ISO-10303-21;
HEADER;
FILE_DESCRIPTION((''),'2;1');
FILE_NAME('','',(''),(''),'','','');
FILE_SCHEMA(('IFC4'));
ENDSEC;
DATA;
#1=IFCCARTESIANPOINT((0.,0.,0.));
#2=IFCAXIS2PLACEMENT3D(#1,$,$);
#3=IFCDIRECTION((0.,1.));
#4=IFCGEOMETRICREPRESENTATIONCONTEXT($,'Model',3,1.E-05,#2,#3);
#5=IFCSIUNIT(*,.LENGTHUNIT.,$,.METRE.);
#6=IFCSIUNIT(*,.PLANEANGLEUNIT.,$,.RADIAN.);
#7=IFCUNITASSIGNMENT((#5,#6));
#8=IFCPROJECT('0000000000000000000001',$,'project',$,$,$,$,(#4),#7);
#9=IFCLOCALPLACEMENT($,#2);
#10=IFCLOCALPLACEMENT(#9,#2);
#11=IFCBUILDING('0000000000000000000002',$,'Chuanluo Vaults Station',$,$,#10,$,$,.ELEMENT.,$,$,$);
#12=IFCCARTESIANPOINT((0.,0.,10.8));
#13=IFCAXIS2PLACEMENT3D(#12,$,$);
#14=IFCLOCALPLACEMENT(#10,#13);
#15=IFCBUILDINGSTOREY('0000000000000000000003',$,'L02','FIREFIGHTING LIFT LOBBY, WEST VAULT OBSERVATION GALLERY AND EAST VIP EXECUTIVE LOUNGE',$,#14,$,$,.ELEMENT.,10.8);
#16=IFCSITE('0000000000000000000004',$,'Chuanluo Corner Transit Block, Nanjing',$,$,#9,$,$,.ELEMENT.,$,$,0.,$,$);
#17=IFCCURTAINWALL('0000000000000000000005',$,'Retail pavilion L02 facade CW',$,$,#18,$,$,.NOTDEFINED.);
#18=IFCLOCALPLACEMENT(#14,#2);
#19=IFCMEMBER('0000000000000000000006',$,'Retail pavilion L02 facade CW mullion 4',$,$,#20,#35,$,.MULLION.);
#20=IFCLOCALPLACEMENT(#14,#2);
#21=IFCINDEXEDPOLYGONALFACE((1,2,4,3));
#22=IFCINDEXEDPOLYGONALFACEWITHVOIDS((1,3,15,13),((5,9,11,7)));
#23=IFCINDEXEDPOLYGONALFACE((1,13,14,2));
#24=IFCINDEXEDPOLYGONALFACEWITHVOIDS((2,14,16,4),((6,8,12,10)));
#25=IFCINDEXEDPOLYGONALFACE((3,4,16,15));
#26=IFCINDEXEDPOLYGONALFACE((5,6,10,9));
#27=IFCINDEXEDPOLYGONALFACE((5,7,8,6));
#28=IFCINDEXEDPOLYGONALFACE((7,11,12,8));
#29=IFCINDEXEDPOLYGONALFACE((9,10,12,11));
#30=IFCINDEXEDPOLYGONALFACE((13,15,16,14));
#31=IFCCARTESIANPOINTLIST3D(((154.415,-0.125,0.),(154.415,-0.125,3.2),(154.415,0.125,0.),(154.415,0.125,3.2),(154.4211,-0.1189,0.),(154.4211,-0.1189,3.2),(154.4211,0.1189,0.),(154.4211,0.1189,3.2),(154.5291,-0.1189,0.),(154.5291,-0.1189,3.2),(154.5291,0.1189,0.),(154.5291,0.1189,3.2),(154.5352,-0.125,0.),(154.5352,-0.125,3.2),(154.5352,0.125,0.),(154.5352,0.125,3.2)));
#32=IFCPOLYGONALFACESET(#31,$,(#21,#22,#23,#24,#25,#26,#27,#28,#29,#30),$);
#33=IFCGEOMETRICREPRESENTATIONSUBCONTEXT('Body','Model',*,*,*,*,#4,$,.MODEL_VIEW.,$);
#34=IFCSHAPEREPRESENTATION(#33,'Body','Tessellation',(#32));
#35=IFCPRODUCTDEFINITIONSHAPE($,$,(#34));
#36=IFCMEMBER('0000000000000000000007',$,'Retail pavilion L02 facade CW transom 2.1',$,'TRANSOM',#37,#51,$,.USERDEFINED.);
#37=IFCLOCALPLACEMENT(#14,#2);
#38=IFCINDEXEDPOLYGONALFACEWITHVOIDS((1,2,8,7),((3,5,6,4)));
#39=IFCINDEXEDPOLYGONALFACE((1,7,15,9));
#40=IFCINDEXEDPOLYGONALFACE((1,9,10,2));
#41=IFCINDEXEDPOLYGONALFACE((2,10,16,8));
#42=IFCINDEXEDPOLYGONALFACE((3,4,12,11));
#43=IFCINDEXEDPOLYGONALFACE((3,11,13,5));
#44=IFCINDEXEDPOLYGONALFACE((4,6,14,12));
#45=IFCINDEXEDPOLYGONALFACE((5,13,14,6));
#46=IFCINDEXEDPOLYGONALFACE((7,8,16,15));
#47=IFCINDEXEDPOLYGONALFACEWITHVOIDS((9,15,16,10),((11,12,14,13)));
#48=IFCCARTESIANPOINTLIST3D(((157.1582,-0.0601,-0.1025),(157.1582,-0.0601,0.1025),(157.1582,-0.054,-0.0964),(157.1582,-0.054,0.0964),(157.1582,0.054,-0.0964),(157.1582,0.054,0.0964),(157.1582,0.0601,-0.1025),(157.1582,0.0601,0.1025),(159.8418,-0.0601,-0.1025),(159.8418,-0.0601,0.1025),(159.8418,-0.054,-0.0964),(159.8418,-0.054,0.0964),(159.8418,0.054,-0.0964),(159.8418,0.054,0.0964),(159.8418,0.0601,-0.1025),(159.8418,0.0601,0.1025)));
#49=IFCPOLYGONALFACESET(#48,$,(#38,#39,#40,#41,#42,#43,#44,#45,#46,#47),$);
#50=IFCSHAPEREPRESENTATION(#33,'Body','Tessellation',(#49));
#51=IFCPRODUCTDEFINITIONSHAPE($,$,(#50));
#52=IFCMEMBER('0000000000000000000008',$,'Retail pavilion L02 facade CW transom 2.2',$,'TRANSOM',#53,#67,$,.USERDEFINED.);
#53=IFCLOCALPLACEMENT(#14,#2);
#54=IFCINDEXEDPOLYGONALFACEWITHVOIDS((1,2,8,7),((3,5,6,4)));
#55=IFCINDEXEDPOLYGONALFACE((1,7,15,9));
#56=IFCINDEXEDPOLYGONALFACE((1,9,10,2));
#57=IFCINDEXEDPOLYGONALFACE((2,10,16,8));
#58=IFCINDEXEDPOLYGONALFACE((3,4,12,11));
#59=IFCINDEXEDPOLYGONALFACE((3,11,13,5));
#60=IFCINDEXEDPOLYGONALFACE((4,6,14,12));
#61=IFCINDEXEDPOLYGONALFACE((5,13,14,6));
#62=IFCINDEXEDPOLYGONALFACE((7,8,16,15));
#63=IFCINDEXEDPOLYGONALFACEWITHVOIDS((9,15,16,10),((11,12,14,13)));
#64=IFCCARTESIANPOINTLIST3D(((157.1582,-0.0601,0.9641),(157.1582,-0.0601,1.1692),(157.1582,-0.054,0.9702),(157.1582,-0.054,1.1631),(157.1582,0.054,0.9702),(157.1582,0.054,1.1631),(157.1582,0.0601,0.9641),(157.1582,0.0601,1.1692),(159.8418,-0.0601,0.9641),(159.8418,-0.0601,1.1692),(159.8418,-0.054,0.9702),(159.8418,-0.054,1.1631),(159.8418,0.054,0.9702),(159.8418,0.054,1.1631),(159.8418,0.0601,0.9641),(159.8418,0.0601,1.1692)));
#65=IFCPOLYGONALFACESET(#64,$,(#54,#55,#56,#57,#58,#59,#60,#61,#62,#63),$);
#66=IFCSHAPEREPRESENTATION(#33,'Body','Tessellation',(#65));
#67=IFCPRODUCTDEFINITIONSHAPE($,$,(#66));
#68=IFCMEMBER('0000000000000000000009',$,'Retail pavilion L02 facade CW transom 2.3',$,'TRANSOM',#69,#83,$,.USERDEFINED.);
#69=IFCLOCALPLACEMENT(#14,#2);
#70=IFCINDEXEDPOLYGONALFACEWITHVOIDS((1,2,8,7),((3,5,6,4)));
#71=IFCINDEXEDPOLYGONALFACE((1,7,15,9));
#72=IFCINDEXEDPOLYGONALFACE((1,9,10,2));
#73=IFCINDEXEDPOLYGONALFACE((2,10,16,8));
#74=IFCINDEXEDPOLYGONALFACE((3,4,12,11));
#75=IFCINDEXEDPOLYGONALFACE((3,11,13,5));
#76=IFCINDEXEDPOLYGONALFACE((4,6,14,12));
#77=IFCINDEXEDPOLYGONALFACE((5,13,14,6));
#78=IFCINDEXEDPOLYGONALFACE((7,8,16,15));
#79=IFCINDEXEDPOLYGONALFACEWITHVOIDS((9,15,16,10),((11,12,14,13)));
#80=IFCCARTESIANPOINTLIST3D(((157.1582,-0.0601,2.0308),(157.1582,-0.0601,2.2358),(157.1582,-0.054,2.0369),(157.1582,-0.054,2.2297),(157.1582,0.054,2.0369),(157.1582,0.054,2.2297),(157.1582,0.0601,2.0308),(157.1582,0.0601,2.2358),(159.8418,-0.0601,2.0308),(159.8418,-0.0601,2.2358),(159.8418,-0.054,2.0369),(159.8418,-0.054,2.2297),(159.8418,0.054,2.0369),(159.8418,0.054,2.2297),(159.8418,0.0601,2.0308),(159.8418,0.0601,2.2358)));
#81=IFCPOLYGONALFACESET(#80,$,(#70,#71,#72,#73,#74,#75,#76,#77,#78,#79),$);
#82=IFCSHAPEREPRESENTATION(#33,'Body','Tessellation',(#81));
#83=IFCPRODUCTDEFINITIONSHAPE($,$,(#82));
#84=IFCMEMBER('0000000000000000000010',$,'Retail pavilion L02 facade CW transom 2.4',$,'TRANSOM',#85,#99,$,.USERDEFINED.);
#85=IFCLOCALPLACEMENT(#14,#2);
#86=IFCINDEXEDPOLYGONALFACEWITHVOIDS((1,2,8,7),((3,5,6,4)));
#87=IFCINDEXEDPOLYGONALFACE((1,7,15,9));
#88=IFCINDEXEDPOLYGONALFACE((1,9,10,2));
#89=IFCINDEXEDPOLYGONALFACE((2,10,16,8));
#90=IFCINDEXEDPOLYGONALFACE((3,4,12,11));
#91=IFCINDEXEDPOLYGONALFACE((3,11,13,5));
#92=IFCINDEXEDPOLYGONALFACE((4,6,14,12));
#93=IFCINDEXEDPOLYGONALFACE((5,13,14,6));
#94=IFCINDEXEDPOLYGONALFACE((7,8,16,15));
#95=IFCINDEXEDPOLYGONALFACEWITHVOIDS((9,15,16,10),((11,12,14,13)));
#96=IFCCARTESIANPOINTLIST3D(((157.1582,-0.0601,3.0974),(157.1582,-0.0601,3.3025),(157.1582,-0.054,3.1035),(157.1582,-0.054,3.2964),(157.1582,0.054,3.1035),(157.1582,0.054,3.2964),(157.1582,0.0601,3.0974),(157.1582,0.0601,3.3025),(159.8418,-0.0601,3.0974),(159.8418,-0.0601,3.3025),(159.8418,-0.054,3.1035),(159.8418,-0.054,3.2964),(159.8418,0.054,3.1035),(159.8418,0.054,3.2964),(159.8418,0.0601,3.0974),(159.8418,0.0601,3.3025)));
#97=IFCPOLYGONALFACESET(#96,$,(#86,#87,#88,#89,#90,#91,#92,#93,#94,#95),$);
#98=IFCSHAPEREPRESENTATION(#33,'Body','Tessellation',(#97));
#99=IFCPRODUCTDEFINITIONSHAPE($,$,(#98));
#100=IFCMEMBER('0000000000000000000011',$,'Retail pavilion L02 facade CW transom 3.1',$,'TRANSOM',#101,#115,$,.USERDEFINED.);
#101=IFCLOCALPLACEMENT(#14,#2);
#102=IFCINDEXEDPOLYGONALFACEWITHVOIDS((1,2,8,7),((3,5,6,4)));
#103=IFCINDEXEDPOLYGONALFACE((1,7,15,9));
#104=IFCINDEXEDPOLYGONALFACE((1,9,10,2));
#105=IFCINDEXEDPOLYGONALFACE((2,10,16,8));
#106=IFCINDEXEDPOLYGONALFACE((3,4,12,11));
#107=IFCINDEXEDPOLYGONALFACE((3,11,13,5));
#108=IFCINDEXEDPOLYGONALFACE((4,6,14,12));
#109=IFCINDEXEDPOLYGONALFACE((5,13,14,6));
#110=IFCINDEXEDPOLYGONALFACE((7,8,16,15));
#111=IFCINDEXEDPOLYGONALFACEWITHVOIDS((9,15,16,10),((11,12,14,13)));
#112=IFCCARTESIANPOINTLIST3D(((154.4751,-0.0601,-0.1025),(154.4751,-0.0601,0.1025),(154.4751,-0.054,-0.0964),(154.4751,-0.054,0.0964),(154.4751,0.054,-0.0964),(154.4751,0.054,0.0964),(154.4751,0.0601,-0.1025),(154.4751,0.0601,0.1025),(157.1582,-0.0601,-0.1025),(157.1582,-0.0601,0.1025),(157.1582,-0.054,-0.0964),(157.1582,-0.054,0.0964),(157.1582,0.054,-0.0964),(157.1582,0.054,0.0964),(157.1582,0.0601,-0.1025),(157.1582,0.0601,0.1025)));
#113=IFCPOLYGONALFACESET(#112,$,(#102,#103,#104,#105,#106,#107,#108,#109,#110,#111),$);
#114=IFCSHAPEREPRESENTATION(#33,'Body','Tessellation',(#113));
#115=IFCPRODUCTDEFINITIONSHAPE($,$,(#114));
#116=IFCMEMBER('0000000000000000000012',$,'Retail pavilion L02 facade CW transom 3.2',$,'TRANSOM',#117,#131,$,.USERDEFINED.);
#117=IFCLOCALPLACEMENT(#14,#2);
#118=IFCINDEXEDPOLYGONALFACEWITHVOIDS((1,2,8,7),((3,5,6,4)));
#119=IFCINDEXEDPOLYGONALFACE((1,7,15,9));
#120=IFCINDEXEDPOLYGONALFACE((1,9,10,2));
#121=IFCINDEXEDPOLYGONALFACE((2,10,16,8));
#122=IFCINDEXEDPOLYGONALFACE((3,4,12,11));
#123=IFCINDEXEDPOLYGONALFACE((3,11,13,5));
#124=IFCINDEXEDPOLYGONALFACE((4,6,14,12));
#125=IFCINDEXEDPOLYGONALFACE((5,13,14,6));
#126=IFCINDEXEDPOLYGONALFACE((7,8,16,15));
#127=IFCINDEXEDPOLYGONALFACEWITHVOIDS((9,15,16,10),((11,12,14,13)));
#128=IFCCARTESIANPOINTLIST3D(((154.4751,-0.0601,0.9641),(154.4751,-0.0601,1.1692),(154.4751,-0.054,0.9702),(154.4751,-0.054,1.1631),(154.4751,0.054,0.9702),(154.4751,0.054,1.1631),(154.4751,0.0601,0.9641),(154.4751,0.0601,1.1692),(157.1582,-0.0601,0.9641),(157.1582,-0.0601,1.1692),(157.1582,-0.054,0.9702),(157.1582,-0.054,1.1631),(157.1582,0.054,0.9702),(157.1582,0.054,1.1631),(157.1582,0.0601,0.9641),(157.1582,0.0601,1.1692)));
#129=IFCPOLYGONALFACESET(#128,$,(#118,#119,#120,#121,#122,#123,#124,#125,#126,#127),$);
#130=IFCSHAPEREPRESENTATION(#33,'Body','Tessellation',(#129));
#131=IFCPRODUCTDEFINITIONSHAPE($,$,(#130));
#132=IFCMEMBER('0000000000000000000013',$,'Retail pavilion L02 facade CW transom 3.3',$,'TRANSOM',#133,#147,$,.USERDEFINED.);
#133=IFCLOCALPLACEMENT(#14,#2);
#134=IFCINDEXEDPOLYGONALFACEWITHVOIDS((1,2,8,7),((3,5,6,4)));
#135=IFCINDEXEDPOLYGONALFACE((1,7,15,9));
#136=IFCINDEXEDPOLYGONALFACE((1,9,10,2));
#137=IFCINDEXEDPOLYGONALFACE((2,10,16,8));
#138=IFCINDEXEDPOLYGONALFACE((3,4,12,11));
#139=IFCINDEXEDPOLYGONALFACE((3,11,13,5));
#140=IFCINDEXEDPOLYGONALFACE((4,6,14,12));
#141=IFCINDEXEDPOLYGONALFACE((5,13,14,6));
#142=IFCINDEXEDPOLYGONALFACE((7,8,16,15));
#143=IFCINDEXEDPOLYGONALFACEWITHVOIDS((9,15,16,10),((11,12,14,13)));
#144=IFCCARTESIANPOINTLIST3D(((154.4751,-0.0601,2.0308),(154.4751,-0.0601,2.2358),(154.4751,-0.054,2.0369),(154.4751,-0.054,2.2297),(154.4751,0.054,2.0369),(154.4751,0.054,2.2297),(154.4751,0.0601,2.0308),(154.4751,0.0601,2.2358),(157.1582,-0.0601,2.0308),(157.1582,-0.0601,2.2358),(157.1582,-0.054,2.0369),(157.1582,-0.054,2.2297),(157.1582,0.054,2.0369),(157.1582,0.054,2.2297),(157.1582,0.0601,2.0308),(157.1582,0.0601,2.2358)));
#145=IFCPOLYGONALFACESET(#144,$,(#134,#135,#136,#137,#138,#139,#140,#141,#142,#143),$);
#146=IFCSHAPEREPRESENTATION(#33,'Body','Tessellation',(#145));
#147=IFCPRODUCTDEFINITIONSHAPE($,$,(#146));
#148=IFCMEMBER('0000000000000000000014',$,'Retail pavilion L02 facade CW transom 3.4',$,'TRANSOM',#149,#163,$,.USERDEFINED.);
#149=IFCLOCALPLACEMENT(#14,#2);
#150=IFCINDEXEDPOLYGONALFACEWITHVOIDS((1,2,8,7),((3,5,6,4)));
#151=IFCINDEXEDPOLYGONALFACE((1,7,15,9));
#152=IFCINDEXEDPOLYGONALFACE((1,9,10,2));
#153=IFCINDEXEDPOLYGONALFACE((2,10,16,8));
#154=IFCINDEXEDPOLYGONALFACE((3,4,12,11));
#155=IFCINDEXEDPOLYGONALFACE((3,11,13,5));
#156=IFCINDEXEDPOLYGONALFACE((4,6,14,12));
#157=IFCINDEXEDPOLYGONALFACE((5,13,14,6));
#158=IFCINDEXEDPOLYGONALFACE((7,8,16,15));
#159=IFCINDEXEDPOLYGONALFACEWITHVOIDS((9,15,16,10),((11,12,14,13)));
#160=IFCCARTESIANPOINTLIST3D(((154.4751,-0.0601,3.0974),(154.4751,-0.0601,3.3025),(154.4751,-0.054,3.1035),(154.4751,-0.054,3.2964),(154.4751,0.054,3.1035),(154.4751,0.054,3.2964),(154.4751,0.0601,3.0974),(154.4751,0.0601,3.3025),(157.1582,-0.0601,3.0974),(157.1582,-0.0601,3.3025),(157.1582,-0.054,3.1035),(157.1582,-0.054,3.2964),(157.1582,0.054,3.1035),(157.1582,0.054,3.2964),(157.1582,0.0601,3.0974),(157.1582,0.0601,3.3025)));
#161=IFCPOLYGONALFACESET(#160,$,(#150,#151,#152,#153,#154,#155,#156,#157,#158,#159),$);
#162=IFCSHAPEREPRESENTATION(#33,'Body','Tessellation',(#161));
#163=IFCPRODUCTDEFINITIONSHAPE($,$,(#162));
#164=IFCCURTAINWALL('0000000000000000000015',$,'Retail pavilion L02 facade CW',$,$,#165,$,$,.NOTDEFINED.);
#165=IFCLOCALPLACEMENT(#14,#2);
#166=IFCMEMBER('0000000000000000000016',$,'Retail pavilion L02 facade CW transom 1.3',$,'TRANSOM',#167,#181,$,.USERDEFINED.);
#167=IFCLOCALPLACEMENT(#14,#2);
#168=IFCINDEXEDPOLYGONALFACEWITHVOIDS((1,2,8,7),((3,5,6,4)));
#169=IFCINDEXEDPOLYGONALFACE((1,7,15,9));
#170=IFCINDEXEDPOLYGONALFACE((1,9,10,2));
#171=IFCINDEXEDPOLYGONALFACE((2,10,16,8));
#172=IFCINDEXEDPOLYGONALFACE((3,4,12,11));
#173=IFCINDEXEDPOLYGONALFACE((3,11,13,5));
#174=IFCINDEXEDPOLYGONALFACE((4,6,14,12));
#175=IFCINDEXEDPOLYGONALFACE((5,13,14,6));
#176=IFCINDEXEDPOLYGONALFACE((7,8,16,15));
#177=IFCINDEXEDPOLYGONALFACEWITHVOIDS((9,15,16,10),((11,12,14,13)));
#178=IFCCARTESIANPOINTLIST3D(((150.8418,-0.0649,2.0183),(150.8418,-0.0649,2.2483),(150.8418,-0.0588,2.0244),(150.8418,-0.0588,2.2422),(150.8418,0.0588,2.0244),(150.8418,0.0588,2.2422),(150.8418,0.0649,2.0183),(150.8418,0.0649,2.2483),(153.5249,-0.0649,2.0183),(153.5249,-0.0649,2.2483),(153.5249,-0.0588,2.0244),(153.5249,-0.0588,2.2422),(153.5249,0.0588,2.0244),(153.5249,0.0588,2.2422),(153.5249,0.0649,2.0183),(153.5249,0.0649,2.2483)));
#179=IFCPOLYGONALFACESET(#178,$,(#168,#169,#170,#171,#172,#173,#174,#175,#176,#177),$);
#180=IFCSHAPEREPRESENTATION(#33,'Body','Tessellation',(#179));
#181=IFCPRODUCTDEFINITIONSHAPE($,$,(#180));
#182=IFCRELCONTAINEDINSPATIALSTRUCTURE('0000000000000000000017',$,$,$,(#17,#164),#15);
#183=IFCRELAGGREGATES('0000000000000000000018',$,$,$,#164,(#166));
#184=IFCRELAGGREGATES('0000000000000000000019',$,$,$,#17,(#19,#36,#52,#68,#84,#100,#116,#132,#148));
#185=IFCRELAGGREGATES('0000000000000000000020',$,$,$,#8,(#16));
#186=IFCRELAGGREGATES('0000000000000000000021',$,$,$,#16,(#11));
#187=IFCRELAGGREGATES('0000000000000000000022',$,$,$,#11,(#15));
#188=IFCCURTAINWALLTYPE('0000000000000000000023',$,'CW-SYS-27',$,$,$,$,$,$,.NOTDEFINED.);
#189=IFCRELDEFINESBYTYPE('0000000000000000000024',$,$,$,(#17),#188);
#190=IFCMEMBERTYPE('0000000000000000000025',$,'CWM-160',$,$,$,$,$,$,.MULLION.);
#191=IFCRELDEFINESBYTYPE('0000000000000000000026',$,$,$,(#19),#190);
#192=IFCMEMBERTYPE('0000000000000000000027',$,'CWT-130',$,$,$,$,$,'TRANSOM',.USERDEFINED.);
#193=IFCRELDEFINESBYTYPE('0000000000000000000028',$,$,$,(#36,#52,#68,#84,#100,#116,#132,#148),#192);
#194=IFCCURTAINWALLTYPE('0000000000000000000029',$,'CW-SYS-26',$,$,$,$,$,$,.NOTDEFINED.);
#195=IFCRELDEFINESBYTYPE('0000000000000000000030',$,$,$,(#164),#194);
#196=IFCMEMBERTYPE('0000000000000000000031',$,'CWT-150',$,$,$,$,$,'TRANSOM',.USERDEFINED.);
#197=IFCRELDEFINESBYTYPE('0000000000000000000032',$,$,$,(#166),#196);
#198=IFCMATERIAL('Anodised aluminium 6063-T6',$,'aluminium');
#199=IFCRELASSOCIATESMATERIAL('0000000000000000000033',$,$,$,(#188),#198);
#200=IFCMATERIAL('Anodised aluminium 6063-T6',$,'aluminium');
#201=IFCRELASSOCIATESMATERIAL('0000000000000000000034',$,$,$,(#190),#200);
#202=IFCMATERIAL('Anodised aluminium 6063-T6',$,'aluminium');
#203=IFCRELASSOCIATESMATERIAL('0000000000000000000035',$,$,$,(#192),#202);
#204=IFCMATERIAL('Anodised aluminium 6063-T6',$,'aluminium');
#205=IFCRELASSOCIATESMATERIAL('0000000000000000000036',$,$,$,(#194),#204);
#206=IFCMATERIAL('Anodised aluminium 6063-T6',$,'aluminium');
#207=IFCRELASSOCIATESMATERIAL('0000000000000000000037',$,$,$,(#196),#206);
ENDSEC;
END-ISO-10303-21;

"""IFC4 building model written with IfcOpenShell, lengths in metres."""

from ifc_helpers import new_model, si_unit, direction, frame, origin, origin_2d, place, context, subcontext, project, spatial, hollow_rectangle, extrude, material, material_profile, profile_set, type_object, element, aggregate, save


model = new_model("IFC4")

# Units and contexts
model_context = context("Model", 3, precision=1e-05, world=origin(), true_north=direction((0.0, 1.0)))
body_context = subcontext(model_context, "Body", "Model", "MODEL_VIEW")
ifc_project = project(units=[si_unit("LENGTHUNIT", "METRE"), si_unit("PLANEANGLEUNIT", "RADIAN")], contexts=[model_context])

# Site, building, storey
site_placement = place(None, origin())
site = spatial("IfcSite", under=ifc_project, at=site_placement, Name="Chuanluo Corner Transit Block, Nanjing", CompositionType="ELEMENT", RefElevation=0.0)
building_placement = place(site_placement, origin())
building = spatial("IfcBuilding", under=site, at=building_placement, Name="Chuanluo Vaults Station", CompositionType="ELEMENT")
storey_placement = place(building_placement, frame((0.0, 0.0, 10.8)))
storey = spatial("IfcBuildingStorey", under=building, at=storey_placement, Name="L02", Description="FIREFIGHTING LIFT LOBBY, WEST VAULT OBSERVATION GALLERY AND EAST VIP EXECUTIVE LOUNGE", CompositionType="ELEMENT", Elevation=10.8)

# Curtain walls, members
ifc_material_1 = material(Name="Anodised aluminium 6063-T6", Category="aluminium")
curtain_wall_type_1 = type_object("IfcCurtainWallType", Name="CW-SYS-27", PredefinedType="NOTDEFINED", material=ifc_material_1)
curtain_wall_1_placement = place(storey_placement, origin())
curtain_wall_1 = element("IfcCurtainWall", 1, at=curtain_wall_1_placement, inside=storey, type_object=curtain_wall_type_1, Name="Retail pavilion L02 facade CW", PredefinedType="NOTDEFINED")
ifc_material_2 = material(Name="Anodised aluminium 6063-T6", Category="aluminium")
ifc_material_profile_1 = material_profile(ifc_material_2, hollow_rectangle(XDim=0.1201, YDim=0.25, WallThickness=0.0061, at=origin_2d()))
ifc_profile_set_1 = profile_set([ifc_material_profile_1], Name="Anodised aluminium 6063-T6")
member_type_1 = type_object("IfcMemberType", Name="CWM-160", PredefinedType="MULLION", material=ifc_profile_set_1)
member_1_placement = place(storey_placement, frame((154.4751, 0.0, 0.0), z_axis=(0.0, 0.0, 1.0), x_axis=(-1.0, 0.0, 0.0)))
member_1 = element("IfcMember", 2, at=member_1_placement, type_object=member_type_1, Name="Retail pavilion L02 facade CW mullion 4", PredefinedType="MULLION", context=body_context, shape_type="SweptSolid", body=[
    extrude(hollow_rectangle(XDim=0.1201, YDim=0.25, WallThickness=0.0061, at=origin_2d()), origin(), (0.0, 0.0, 1.0), 3.2),
])
ifc_material_3 = material(Name="Anodised aluminium 6063-T6", Category="aluminium")
ifc_material_profile_2 = material_profile(ifc_material_3, hollow_rectangle(XDim=0.1201, YDim=0.2051, WallThickness=0.0061, at=origin_2d()))
ifc_profile_set_2 = profile_set([ifc_material_profile_2], Name="Anodised aluminium 6063-T6")
member_type_2 = type_object("IfcMemberType", Name="CWT-130", ElementType="TRANSOM", PredefinedType="USERDEFINED", material=ifc_profile_set_2)
member_2_placement = place(storey_placement, frame((159.8418, 0.0, 0.0), z_axis=(-1.0, 0.0, 0.0), x_axis=(0.0, -1.0, 0.0)))
member_2 = element("IfcMember", 3, at=member_2_placement, type_object=member_type_2, Name="Retail pavilion L02 facade CW transom 2.1", ObjectType="TRANSOM", PredefinedType="USERDEFINED", context=body_context, shape_type="SweptSolid", body=[
    extrude(hollow_rectangle(XDim=0.1201, YDim=0.2051, WallThickness=0.0061, at=origin_2d()), origin(), (0.0, 0.0, 1.0), 2.6836),
])
member_3_placement = place(storey_placement, frame((159.8418, 0.0, 1.0667), z_axis=(-1.0, 0.0, 0.0), x_axis=(0.0, -1.0, 0.0)))
member_3 = element("IfcMember", 4, at=member_3_placement, type_object=member_type_2, Name="Retail pavilion L02 facade CW transom 2.2", ObjectType="TRANSOM", PredefinedType="USERDEFINED", context=body_context, shape_type="SweptSolid", body=[
    extrude(hollow_rectangle(XDim=0.1201, YDim=0.2051, WallThickness=0.0061, at=origin_2d()), origin(), (0.0, 0.0, 1.0), 2.6836),
])
member_4_placement = place(storey_placement, frame((159.8418, 0.0, 2.1333), z_axis=(-1.0, 0.0, 0.0), x_axis=(0.0, -1.0, 0.0)))
member_4 = element("IfcMember", 5, at=member_4_placement, type_object=member_type_2, Name="Retail pavilion L02 facade CW transom 2.3", ObjectType="TRANSOM", PredefinedType="USERDEFINED", context=body_context, shape_type="SweptSolid", body=[
    extrude(hollow_rectangle(XDim=0.1201, YDim=0.2051, WallThickness=0.0061, at=origin_2d()), origin(), (0.0, 0.0, 1.0), 2.6836),
])
member_5_placement = place(storey_placement, frame((159.8418, 0.0, 3.2), z_axis=(-1.0, 0.0, 0.0), x_axis=(0.0, -1.0, 0.0)))
member_5 = element("IfcMember", 6, at=member_5_placement, type_object=member_type_2, Name="Retail pavilion L02 facade CW transom 2.4", ObjectType="TRANSOM", PredefinedType="USERDEFINED", context=body_context, shape_type="SweptSolid", body=[
    extrude(hollow_rectangle(XDim=0.1201, YDim=0.2051, WallThickness=0.0061, at=origin_2d()), origin(), (0.0, 0.0, 1.0), 2.6836),
])
member_6_placement = place(storey_placement, frame((157.1582, 0.0, 0.0), z_axis=(-1.0, 0.0, 0.0), x_axis=(0.0, -1.0, 0.0)))
member_6 = element("IfcMember", 7, at=member_6_placement, type_object=member_type_2, Name="Retail pavilion L02 facade CW transom 3.1", ObjectType="TRANSOM", PredefinedType="USERDEFINED", context=body_context, shape_type="SweptSolid", body=[
    extrude(hollow_rectangle(XDim=0.1201, YDim=0.2051, WallThickness=0.0061, at=origin_2d()), origin(), (0.0, 0.0, 1.0), 2.6831),
])
member_7_placement = place(storey_placement, frame((157.1582, 0.0, 1.0667), z_axis=(-1.0, 0.0, 0.0), x_axis=(0.0, -1.0, 0.0)))
member_7 = element("IfcMember", 8, at=member_7_placement, type_object=member_type_2, Name="Retail pavilion L02 facade CW transom 3.2", ObjectType="TRANSOM", PredefinedType="USERDEFINED", context=body_context, shape_type="SweptSolid", body=[
    extrude(hollow_rectangle(XDim=0.1201, YDim=0.2051, WallThickness=0.0061, at=origin_2d()), origin(), (0.0, 0.0, 1.0), 2.6831),
])
member_8_placement = place(storey_placement, frame((157.1582, 0.0, 2.1333), z_axis=(-1.0, 0.0, 0.0), x_axis=(0.0, -1.0, 0.0)))
member_8 = element("IfcMember", 9, at=member_8_placement, type_object=member_type_2, Name="Retail pavilion L02 facade CW transom 3.3", ObjectType="TRANSOM", PredefinedType="USERDEFINED", context=body_context, shape_type="SweptSolid", body=[
    extrude(hollow_rectangle(XDim=0.1201, YDim=0.2051, WallThickness=0.0061, at=origin_2d()), origin(), (0.0, 0.0, 1.0), 2.6831),
])
member_9_placement = place(storey_placement, frame((157.1582, 0.0, 3.2), z_axis=(-1.0, 0.0, 0.0), x_axis=(0.0, -1.0, 0.0)))
member_9 = element("IfcMember", 10, at=member_9_placement, type_object=member_type_2, Name="Retail pavilion L02 facade CW transom 3.4", ObjectType="TRANSOM", PredefinedType="USERDEFINED", context=body_context, shape_type="SweptSolid", body=[
    extrude(hollow_rectangle(XDim=0.1201, YDim=0.2051, WallThickness=0.0061, at=origin_2d()), origin(), (0.0, 0.0, 1.0), 2.6831),
])
ifc_material_4 = material(Name="Anodised aluminium 6063-T6", Category="aluminium")
curtain_wall_type_2 = type_object("IfcCurtainWallType", Name="CW-SYS-26", PredefinedType="NOTDEFINED", material=ifc_material_4)
curtain_wall_2_placement = place(storey_placement, origin())
curtain_wall_2 = element("IfcCurtainWall", 11, at=curtain_wall_2_placement, inside=storey, type_object=curtain_wall_type_2, Name="Retail pavilion L02 facade CW", PredefinedType="NOTDEFINED")
ifc_material_5 = material(Name="Anodised aluminium 6063-T6", Category="aluminium")
ifc_material_profile_3 = material_profile(ifc_material_5, hollow_rectangle(XDim=0.1299, YDim=0.23, WallThickness=0.0061, at=origin_2d()))
ifc_profile_set_3 = profile_set([ifc_material_profile_3], Name="Anodised aluminium 6063-T6")
member_type_3 = type_object("IfcMemberType", Name="CWT-150", ElementType="TRANSOM", PredefinedType="USERDEFINED", material=ifc_profile_set_3)
member_10_placement = place(storey_placement, frame((153.5249, 0.0, 2.1333), z_axis=(-1.0, 0.0, 0.0), x_axis=(0.0, -1.0, 0.0)))
member_10 = element("IfcMember", 12, at=member_10_placement, type_object=member_type_3, Name="Retail pavilion L02 facade CW transom 1.3", ObjectType="TRANSOM", PredefinedType="USERDEFINED", context=body_context, shape_type="SweptSolid", body=[
    extrude(hollow_rectangle(XDim=0.1299, YDim=0.23, WallThickness=0.0061, at=origin_2d()), origin(), (0.0, 0.0, 1.0), 2.6831),
])
aggregate(curtain_wall_2, [member_10])

aggregate(curtain_wall_1, [member_1, member_2, member_3, member_4, member_5, member_6, member_7, member_8, member_9])

save(model, "model.ifc")
